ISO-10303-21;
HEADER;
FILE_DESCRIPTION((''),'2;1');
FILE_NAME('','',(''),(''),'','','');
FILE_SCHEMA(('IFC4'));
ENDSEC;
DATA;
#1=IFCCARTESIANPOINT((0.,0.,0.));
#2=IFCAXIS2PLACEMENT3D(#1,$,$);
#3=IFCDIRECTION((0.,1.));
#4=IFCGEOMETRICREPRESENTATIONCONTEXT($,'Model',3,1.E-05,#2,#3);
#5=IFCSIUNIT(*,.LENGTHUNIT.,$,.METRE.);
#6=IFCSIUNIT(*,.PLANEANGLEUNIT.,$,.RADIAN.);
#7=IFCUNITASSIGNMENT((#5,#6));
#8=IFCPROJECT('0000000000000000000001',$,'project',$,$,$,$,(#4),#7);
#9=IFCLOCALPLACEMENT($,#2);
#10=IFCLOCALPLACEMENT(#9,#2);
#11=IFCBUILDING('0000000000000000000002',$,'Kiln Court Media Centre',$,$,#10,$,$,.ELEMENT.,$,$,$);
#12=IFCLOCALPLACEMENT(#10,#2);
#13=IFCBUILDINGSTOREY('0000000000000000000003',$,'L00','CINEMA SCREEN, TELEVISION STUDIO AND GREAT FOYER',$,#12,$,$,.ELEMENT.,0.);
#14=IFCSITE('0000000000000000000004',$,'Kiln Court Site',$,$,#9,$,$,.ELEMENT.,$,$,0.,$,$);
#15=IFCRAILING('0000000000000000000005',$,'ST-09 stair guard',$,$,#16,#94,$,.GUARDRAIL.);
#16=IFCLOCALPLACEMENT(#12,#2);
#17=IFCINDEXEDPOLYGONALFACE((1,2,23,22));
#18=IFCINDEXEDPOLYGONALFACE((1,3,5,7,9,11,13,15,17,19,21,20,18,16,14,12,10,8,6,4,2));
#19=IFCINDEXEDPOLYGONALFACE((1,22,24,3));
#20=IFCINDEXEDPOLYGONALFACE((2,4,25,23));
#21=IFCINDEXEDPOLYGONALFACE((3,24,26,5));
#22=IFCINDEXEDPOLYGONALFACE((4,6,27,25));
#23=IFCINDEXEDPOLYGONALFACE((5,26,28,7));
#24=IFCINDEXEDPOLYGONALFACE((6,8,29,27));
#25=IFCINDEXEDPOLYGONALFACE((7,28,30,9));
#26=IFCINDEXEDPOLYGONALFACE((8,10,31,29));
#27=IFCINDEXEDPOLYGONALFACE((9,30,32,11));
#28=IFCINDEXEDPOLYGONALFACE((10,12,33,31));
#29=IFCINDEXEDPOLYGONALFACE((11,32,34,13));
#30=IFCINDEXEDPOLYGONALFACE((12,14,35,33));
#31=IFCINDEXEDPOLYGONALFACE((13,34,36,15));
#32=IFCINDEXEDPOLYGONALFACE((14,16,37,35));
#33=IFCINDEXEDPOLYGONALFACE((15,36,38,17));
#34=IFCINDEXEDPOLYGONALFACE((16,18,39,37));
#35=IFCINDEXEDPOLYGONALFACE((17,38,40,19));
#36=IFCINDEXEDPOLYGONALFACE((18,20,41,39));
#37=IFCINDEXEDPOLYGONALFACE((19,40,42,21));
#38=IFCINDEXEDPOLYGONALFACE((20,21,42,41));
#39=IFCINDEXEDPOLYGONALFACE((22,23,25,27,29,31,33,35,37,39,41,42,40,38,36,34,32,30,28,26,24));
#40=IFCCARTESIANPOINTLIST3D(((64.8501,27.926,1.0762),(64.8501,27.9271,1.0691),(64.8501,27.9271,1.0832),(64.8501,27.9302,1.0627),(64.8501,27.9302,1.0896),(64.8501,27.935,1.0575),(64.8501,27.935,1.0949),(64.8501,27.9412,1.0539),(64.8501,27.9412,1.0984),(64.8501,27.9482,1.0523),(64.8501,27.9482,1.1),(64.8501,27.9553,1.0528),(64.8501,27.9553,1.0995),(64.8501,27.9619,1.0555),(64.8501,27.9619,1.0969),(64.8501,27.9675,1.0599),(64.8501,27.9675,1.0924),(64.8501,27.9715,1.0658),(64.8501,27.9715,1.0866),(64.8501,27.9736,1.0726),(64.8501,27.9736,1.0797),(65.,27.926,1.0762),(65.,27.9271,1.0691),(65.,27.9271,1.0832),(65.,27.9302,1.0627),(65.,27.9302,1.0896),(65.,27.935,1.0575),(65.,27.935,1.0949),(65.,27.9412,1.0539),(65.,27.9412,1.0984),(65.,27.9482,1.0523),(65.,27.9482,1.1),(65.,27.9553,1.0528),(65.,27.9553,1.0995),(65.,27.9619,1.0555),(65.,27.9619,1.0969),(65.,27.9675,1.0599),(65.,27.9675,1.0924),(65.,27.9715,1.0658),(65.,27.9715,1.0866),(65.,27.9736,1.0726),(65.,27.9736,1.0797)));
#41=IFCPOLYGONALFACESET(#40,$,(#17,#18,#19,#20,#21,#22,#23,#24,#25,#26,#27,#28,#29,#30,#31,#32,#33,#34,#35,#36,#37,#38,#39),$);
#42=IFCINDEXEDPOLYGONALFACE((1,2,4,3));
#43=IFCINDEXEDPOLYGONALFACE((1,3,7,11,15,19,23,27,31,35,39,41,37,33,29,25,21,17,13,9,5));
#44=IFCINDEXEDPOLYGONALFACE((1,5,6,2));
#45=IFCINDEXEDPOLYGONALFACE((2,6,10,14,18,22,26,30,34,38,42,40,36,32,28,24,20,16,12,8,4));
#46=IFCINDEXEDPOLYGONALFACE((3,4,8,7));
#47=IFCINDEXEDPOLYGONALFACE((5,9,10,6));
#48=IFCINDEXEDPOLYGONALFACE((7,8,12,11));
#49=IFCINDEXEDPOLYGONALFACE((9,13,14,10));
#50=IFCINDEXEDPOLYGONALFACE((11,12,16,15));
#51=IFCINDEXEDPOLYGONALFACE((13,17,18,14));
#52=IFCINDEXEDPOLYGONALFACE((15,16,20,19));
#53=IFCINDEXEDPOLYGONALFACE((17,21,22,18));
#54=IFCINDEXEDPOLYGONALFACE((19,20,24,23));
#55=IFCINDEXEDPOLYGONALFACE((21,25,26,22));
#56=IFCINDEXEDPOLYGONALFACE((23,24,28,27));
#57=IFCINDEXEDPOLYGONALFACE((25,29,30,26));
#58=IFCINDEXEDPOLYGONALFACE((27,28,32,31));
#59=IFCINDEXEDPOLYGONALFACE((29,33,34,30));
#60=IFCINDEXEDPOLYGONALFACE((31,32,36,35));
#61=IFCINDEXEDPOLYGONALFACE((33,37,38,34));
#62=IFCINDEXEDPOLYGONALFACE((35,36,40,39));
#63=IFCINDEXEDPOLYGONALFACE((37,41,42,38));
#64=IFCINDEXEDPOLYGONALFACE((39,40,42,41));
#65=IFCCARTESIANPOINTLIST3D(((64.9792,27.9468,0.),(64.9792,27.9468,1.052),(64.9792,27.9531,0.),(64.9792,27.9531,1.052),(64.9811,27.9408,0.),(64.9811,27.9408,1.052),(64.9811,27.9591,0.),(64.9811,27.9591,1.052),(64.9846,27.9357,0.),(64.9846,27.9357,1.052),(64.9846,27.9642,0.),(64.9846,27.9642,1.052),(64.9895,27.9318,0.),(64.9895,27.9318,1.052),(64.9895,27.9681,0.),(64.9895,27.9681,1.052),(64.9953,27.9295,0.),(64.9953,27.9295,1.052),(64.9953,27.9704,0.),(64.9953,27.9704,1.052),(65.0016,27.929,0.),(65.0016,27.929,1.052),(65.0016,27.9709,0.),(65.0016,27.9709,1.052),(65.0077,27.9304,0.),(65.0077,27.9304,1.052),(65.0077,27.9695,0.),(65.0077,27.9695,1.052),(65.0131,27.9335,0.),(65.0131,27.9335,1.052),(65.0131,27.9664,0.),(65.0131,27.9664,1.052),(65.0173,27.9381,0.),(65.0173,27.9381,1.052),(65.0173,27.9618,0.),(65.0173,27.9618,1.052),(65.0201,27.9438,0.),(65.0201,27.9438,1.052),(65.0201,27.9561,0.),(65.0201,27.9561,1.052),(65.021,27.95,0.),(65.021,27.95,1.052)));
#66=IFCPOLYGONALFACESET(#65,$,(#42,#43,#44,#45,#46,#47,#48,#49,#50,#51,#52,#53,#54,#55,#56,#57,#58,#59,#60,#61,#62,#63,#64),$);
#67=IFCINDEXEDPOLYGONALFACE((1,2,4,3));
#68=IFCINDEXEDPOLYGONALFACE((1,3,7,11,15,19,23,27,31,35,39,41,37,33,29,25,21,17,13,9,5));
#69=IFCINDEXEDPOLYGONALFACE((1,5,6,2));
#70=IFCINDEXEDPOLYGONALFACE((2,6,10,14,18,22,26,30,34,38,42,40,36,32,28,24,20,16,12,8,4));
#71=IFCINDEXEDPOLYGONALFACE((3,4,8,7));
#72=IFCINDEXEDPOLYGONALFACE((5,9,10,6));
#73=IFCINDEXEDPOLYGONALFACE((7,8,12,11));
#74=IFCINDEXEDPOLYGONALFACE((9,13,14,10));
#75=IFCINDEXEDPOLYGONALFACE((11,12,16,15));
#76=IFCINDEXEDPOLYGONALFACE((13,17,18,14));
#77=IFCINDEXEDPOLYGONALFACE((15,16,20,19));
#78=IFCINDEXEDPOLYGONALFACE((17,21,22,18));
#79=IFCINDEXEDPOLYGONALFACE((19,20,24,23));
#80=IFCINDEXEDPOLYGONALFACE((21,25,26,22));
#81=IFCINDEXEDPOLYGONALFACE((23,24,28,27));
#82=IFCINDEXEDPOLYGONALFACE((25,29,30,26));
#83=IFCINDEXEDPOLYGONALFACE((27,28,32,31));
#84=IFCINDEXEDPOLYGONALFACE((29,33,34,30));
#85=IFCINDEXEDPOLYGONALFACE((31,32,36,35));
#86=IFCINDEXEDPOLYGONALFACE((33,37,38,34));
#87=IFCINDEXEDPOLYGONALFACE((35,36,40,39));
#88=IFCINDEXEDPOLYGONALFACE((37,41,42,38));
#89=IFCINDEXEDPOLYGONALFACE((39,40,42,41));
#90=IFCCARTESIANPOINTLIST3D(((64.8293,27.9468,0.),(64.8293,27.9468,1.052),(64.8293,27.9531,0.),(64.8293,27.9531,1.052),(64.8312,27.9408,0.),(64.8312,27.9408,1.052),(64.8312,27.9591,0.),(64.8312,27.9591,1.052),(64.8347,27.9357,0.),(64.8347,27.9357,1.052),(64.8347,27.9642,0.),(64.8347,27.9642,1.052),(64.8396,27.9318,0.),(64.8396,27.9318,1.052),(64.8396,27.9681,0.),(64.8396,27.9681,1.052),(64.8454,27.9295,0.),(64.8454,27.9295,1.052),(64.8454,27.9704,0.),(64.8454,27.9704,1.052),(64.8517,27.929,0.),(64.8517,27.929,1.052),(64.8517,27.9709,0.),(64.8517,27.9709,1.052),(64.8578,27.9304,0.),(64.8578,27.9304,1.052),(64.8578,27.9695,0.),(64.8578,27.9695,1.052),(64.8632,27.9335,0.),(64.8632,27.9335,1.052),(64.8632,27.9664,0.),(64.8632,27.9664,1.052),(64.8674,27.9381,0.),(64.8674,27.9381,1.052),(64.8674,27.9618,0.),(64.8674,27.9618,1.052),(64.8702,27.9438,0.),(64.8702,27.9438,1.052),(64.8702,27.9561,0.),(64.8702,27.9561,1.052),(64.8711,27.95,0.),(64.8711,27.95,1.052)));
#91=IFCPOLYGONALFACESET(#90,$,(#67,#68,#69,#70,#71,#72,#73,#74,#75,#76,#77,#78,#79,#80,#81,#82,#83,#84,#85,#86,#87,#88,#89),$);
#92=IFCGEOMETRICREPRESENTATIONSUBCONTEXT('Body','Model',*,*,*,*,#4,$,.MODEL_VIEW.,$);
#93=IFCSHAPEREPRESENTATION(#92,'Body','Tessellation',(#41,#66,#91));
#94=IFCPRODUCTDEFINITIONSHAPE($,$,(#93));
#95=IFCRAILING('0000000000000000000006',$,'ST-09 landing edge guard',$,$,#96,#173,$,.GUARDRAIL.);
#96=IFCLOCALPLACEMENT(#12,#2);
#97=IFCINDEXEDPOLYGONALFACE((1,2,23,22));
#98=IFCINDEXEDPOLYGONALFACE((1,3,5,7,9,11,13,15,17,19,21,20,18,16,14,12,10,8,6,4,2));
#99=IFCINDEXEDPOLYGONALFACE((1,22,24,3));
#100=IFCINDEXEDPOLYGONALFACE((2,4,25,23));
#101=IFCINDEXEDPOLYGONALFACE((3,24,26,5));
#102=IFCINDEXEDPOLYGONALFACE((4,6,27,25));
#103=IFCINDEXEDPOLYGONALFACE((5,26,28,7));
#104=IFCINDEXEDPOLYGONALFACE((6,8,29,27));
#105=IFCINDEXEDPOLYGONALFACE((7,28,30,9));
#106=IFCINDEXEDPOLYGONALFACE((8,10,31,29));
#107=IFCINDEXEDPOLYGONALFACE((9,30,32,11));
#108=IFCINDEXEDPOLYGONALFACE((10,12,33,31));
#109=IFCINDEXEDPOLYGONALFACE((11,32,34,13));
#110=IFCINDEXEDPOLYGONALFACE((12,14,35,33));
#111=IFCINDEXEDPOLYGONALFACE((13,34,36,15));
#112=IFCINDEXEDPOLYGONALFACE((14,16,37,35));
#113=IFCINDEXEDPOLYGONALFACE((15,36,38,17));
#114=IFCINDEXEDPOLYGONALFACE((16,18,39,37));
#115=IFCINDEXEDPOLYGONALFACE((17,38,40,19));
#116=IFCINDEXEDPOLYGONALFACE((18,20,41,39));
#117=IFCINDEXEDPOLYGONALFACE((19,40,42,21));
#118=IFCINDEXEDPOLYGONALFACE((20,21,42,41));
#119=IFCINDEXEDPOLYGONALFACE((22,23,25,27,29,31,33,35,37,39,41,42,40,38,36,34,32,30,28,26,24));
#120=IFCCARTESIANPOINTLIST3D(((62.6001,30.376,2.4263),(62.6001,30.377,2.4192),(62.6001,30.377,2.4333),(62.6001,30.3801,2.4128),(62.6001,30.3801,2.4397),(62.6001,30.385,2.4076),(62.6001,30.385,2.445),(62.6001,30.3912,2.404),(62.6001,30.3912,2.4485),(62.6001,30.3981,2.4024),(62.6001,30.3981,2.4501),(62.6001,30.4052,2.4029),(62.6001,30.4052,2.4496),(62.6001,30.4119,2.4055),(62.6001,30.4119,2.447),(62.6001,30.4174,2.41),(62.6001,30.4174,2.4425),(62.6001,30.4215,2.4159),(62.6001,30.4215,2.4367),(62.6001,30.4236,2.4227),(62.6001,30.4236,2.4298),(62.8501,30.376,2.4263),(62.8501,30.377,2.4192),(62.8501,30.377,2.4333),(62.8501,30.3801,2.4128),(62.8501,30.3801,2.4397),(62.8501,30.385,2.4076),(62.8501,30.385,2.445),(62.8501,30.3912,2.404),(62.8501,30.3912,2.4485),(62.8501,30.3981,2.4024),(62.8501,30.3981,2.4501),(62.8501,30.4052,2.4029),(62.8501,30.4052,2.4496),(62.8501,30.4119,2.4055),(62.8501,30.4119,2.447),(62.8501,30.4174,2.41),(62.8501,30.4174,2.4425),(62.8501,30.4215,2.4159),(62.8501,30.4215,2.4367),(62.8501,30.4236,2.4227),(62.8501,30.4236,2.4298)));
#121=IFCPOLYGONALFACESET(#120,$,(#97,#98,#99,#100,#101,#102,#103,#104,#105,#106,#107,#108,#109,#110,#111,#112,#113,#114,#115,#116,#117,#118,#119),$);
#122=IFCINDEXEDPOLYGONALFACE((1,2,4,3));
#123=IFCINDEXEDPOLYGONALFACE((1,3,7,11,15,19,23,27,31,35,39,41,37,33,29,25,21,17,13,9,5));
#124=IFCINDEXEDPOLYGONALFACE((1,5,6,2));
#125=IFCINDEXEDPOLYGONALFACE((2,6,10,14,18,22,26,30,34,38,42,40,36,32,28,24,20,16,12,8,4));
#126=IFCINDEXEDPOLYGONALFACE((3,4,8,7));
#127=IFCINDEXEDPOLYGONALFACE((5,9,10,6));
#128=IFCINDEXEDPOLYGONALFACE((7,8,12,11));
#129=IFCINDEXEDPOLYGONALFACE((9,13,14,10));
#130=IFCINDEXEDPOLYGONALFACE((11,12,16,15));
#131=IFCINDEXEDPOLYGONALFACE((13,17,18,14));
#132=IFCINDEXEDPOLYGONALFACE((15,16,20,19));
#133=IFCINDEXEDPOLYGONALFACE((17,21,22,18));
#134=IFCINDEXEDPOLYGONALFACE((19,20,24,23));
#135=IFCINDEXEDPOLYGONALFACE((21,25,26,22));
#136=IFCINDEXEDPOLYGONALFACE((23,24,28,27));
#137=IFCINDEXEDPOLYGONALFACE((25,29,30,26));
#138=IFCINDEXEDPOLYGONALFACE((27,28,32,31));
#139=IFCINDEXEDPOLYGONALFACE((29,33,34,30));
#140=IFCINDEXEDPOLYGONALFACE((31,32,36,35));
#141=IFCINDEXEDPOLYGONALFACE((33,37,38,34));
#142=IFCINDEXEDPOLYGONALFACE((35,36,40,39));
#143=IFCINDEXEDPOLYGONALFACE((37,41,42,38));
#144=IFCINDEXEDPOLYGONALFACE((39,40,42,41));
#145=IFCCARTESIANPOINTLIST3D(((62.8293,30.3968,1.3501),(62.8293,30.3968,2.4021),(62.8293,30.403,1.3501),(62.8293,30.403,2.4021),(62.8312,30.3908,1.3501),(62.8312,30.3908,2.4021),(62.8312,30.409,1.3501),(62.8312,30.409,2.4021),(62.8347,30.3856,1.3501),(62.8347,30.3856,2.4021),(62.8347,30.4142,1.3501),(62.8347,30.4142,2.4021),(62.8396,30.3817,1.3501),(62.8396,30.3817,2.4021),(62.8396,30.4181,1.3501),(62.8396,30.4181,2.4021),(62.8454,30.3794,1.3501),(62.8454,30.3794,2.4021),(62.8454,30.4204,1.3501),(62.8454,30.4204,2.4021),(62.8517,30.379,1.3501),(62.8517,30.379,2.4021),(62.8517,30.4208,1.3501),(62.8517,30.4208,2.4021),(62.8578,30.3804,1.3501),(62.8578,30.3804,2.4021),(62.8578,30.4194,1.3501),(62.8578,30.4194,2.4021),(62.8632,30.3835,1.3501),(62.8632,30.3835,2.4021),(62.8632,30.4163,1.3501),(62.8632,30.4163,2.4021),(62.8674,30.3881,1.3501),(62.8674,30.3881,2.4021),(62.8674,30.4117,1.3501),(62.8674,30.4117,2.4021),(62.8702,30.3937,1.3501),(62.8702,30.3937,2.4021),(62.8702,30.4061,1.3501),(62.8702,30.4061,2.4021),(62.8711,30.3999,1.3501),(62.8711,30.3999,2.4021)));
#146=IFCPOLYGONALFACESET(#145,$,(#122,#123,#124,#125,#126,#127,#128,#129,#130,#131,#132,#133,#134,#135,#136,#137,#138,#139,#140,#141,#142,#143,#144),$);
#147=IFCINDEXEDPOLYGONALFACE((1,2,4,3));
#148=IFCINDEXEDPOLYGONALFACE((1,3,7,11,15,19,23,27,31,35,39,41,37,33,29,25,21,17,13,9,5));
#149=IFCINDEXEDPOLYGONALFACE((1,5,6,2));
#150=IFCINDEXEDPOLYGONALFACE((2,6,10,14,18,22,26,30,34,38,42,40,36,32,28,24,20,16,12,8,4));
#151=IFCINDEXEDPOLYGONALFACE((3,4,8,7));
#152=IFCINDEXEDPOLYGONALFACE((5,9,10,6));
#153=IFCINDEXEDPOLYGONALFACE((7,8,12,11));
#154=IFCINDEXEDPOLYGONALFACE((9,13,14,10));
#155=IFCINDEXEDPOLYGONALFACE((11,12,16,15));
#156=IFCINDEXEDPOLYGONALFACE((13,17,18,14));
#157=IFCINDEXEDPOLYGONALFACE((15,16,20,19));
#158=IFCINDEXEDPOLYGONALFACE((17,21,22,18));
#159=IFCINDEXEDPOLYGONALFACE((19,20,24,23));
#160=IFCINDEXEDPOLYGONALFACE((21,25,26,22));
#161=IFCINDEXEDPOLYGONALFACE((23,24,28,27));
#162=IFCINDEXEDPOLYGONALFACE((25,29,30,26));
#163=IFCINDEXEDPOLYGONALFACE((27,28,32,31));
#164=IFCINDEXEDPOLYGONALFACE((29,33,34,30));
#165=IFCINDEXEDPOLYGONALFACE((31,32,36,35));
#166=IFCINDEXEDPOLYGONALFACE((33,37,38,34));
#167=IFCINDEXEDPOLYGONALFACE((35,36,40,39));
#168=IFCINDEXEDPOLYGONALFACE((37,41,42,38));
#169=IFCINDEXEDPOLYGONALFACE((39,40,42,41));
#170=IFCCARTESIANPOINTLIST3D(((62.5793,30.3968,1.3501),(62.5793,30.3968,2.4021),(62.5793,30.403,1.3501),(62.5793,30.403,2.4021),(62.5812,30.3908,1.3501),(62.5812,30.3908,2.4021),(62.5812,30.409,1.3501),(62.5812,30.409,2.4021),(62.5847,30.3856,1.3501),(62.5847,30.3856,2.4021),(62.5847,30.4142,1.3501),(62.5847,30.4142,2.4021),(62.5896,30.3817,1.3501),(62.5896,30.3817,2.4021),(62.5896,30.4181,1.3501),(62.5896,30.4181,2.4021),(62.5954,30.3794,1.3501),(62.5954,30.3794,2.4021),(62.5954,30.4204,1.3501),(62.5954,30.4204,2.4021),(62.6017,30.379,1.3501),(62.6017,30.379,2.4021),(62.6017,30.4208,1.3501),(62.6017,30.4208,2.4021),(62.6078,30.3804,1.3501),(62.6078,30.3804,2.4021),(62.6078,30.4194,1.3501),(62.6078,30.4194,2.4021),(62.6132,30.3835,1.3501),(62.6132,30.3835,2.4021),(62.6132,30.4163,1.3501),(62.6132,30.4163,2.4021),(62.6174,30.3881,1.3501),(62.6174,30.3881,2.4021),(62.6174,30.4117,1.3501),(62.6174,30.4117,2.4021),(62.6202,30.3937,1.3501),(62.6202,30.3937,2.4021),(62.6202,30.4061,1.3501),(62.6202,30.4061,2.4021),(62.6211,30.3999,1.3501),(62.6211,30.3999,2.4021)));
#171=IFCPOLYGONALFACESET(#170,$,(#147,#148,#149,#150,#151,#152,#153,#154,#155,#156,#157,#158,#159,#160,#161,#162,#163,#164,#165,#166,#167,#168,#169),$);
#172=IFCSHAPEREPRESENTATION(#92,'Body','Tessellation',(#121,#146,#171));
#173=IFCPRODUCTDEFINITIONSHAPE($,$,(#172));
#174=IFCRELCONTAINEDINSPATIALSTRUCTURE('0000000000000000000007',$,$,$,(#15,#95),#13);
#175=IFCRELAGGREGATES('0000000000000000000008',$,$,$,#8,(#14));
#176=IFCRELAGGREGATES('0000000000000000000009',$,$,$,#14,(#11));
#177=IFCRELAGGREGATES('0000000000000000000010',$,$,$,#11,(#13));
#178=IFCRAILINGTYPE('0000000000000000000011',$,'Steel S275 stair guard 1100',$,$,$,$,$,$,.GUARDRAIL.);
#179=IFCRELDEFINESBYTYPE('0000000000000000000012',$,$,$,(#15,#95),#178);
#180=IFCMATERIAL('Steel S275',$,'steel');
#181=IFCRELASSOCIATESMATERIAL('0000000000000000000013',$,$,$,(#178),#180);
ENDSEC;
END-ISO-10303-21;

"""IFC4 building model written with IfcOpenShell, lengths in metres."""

from ifc_helpers import new_model, si_unit, direction, frame, origin, origin_2d, place, context, subcontext, project, spatial, circle, extrude, material, type_object, element, save


model = new_model("IFC4")

# Units and contexts
model_context = context("Model", 3, precision=1e-05, world=origin(), true_north=direction((0.0, 1.0)))
body_context = subcontext(model_context, "Body", "Model", "MODEL_VIEW")
ifc_project = project(units=[si_unit("LENGTHUNIT", "METRE"), si_unit("PLANEANGLEUNIT", "RADIAN")], contexts=[model_context])

# Site, building, storey
site_placement = place(None, origin())
site = spatial("IfcSite", under=ifc_project, at=site_placement, Name="Kiln Court Site", CompositionType="ELEMENT", RefElevation=0.0)
building_placement = place(site_placement, origin())
building = spatial("IfcBuilding", under=site, at=building_placement, Name="Kiln Court Media Centre", CompositionType="ELEMENT")
storey_placement = place(building_placement, origin())
storey = spatial("IfcBuildingStorey", under=building, at=storey_placement, Name="L00", Description="CINEMA SCREEN, TELEVISION STUDIO AND GREAT FOYER", CompositionType="ELEMENT", Elevation=0.0)

# Railings
ifc_material_1 = material(Name="Steel S275", Category="steel")
railing_type_1 = type_object("IfcRailingType", Name="Steel S275 stair guard 1100", PredefinedType="GUARDRAIL", material=ifc_material_1)
railing_1_placement = place(storey_placement, frame((65.0, 27.95, 0.0)))
element("IfcRailing", 1, at=railing_1_placement, inside=storey, type_object=railing_type_1, Name="ST-09 stair guard", PredefinedType="GUARDRAIL", context=body_context, shape_type="SweptSolid", body=[
    extrude(circle(Radius=0.0239, at=origin_2d()), frame((0.0, 0.0, 1.0762), z_axis=(-1.0, 0.0, 0.0), x_axis=(0.0, -1.0, 0.0)), (0.0, 0.0, 1.0), 0.1499),
    extrude(circle(Radius=0.021, at=origin_2d()), origin(), (0.0, 0.0, 1.0), 1.052),
    extrude(circle(Radius=0.021, at=origin_2d()), frame((-0.1499, 0.0, 0.0)), (0.0, 0.0, 1.0), 1.052),
])
for number, where, name in (
    (2, (62.8501, 30.3999, 1.3501), "ST-09 landing edge guard"),
):
    element("IfcRailing", number, at=place(storey_placement, frame(where)), inside=storey, type_object=railing_type_1, Name=name, PredefinedType="GUARDRAIL", context=body_context, shape_type="SweptSolid", body=[
        extrude(circle(Radius=0.0239, at=origin_2d()), frame((0.0, 0.0, 1.0762), z_axis=(-1.0, 0.0, 0.0), x_axis=(0.0, -1.0, 0.0)), (0.0, 0.0, 1.0), 0.25),
        extrude(circle(Radius=0.021, at=origin_2d()), origin(), (0.0, 0.0, 1.0), 1.052),
        extrude(circle(Radius=0.021, at=origin_2d()), frame((-0.25, 0.0, 0.0)), (0.0, 0.0, 1.0), 1.052),
    ])

save(model, "model.ifc")
